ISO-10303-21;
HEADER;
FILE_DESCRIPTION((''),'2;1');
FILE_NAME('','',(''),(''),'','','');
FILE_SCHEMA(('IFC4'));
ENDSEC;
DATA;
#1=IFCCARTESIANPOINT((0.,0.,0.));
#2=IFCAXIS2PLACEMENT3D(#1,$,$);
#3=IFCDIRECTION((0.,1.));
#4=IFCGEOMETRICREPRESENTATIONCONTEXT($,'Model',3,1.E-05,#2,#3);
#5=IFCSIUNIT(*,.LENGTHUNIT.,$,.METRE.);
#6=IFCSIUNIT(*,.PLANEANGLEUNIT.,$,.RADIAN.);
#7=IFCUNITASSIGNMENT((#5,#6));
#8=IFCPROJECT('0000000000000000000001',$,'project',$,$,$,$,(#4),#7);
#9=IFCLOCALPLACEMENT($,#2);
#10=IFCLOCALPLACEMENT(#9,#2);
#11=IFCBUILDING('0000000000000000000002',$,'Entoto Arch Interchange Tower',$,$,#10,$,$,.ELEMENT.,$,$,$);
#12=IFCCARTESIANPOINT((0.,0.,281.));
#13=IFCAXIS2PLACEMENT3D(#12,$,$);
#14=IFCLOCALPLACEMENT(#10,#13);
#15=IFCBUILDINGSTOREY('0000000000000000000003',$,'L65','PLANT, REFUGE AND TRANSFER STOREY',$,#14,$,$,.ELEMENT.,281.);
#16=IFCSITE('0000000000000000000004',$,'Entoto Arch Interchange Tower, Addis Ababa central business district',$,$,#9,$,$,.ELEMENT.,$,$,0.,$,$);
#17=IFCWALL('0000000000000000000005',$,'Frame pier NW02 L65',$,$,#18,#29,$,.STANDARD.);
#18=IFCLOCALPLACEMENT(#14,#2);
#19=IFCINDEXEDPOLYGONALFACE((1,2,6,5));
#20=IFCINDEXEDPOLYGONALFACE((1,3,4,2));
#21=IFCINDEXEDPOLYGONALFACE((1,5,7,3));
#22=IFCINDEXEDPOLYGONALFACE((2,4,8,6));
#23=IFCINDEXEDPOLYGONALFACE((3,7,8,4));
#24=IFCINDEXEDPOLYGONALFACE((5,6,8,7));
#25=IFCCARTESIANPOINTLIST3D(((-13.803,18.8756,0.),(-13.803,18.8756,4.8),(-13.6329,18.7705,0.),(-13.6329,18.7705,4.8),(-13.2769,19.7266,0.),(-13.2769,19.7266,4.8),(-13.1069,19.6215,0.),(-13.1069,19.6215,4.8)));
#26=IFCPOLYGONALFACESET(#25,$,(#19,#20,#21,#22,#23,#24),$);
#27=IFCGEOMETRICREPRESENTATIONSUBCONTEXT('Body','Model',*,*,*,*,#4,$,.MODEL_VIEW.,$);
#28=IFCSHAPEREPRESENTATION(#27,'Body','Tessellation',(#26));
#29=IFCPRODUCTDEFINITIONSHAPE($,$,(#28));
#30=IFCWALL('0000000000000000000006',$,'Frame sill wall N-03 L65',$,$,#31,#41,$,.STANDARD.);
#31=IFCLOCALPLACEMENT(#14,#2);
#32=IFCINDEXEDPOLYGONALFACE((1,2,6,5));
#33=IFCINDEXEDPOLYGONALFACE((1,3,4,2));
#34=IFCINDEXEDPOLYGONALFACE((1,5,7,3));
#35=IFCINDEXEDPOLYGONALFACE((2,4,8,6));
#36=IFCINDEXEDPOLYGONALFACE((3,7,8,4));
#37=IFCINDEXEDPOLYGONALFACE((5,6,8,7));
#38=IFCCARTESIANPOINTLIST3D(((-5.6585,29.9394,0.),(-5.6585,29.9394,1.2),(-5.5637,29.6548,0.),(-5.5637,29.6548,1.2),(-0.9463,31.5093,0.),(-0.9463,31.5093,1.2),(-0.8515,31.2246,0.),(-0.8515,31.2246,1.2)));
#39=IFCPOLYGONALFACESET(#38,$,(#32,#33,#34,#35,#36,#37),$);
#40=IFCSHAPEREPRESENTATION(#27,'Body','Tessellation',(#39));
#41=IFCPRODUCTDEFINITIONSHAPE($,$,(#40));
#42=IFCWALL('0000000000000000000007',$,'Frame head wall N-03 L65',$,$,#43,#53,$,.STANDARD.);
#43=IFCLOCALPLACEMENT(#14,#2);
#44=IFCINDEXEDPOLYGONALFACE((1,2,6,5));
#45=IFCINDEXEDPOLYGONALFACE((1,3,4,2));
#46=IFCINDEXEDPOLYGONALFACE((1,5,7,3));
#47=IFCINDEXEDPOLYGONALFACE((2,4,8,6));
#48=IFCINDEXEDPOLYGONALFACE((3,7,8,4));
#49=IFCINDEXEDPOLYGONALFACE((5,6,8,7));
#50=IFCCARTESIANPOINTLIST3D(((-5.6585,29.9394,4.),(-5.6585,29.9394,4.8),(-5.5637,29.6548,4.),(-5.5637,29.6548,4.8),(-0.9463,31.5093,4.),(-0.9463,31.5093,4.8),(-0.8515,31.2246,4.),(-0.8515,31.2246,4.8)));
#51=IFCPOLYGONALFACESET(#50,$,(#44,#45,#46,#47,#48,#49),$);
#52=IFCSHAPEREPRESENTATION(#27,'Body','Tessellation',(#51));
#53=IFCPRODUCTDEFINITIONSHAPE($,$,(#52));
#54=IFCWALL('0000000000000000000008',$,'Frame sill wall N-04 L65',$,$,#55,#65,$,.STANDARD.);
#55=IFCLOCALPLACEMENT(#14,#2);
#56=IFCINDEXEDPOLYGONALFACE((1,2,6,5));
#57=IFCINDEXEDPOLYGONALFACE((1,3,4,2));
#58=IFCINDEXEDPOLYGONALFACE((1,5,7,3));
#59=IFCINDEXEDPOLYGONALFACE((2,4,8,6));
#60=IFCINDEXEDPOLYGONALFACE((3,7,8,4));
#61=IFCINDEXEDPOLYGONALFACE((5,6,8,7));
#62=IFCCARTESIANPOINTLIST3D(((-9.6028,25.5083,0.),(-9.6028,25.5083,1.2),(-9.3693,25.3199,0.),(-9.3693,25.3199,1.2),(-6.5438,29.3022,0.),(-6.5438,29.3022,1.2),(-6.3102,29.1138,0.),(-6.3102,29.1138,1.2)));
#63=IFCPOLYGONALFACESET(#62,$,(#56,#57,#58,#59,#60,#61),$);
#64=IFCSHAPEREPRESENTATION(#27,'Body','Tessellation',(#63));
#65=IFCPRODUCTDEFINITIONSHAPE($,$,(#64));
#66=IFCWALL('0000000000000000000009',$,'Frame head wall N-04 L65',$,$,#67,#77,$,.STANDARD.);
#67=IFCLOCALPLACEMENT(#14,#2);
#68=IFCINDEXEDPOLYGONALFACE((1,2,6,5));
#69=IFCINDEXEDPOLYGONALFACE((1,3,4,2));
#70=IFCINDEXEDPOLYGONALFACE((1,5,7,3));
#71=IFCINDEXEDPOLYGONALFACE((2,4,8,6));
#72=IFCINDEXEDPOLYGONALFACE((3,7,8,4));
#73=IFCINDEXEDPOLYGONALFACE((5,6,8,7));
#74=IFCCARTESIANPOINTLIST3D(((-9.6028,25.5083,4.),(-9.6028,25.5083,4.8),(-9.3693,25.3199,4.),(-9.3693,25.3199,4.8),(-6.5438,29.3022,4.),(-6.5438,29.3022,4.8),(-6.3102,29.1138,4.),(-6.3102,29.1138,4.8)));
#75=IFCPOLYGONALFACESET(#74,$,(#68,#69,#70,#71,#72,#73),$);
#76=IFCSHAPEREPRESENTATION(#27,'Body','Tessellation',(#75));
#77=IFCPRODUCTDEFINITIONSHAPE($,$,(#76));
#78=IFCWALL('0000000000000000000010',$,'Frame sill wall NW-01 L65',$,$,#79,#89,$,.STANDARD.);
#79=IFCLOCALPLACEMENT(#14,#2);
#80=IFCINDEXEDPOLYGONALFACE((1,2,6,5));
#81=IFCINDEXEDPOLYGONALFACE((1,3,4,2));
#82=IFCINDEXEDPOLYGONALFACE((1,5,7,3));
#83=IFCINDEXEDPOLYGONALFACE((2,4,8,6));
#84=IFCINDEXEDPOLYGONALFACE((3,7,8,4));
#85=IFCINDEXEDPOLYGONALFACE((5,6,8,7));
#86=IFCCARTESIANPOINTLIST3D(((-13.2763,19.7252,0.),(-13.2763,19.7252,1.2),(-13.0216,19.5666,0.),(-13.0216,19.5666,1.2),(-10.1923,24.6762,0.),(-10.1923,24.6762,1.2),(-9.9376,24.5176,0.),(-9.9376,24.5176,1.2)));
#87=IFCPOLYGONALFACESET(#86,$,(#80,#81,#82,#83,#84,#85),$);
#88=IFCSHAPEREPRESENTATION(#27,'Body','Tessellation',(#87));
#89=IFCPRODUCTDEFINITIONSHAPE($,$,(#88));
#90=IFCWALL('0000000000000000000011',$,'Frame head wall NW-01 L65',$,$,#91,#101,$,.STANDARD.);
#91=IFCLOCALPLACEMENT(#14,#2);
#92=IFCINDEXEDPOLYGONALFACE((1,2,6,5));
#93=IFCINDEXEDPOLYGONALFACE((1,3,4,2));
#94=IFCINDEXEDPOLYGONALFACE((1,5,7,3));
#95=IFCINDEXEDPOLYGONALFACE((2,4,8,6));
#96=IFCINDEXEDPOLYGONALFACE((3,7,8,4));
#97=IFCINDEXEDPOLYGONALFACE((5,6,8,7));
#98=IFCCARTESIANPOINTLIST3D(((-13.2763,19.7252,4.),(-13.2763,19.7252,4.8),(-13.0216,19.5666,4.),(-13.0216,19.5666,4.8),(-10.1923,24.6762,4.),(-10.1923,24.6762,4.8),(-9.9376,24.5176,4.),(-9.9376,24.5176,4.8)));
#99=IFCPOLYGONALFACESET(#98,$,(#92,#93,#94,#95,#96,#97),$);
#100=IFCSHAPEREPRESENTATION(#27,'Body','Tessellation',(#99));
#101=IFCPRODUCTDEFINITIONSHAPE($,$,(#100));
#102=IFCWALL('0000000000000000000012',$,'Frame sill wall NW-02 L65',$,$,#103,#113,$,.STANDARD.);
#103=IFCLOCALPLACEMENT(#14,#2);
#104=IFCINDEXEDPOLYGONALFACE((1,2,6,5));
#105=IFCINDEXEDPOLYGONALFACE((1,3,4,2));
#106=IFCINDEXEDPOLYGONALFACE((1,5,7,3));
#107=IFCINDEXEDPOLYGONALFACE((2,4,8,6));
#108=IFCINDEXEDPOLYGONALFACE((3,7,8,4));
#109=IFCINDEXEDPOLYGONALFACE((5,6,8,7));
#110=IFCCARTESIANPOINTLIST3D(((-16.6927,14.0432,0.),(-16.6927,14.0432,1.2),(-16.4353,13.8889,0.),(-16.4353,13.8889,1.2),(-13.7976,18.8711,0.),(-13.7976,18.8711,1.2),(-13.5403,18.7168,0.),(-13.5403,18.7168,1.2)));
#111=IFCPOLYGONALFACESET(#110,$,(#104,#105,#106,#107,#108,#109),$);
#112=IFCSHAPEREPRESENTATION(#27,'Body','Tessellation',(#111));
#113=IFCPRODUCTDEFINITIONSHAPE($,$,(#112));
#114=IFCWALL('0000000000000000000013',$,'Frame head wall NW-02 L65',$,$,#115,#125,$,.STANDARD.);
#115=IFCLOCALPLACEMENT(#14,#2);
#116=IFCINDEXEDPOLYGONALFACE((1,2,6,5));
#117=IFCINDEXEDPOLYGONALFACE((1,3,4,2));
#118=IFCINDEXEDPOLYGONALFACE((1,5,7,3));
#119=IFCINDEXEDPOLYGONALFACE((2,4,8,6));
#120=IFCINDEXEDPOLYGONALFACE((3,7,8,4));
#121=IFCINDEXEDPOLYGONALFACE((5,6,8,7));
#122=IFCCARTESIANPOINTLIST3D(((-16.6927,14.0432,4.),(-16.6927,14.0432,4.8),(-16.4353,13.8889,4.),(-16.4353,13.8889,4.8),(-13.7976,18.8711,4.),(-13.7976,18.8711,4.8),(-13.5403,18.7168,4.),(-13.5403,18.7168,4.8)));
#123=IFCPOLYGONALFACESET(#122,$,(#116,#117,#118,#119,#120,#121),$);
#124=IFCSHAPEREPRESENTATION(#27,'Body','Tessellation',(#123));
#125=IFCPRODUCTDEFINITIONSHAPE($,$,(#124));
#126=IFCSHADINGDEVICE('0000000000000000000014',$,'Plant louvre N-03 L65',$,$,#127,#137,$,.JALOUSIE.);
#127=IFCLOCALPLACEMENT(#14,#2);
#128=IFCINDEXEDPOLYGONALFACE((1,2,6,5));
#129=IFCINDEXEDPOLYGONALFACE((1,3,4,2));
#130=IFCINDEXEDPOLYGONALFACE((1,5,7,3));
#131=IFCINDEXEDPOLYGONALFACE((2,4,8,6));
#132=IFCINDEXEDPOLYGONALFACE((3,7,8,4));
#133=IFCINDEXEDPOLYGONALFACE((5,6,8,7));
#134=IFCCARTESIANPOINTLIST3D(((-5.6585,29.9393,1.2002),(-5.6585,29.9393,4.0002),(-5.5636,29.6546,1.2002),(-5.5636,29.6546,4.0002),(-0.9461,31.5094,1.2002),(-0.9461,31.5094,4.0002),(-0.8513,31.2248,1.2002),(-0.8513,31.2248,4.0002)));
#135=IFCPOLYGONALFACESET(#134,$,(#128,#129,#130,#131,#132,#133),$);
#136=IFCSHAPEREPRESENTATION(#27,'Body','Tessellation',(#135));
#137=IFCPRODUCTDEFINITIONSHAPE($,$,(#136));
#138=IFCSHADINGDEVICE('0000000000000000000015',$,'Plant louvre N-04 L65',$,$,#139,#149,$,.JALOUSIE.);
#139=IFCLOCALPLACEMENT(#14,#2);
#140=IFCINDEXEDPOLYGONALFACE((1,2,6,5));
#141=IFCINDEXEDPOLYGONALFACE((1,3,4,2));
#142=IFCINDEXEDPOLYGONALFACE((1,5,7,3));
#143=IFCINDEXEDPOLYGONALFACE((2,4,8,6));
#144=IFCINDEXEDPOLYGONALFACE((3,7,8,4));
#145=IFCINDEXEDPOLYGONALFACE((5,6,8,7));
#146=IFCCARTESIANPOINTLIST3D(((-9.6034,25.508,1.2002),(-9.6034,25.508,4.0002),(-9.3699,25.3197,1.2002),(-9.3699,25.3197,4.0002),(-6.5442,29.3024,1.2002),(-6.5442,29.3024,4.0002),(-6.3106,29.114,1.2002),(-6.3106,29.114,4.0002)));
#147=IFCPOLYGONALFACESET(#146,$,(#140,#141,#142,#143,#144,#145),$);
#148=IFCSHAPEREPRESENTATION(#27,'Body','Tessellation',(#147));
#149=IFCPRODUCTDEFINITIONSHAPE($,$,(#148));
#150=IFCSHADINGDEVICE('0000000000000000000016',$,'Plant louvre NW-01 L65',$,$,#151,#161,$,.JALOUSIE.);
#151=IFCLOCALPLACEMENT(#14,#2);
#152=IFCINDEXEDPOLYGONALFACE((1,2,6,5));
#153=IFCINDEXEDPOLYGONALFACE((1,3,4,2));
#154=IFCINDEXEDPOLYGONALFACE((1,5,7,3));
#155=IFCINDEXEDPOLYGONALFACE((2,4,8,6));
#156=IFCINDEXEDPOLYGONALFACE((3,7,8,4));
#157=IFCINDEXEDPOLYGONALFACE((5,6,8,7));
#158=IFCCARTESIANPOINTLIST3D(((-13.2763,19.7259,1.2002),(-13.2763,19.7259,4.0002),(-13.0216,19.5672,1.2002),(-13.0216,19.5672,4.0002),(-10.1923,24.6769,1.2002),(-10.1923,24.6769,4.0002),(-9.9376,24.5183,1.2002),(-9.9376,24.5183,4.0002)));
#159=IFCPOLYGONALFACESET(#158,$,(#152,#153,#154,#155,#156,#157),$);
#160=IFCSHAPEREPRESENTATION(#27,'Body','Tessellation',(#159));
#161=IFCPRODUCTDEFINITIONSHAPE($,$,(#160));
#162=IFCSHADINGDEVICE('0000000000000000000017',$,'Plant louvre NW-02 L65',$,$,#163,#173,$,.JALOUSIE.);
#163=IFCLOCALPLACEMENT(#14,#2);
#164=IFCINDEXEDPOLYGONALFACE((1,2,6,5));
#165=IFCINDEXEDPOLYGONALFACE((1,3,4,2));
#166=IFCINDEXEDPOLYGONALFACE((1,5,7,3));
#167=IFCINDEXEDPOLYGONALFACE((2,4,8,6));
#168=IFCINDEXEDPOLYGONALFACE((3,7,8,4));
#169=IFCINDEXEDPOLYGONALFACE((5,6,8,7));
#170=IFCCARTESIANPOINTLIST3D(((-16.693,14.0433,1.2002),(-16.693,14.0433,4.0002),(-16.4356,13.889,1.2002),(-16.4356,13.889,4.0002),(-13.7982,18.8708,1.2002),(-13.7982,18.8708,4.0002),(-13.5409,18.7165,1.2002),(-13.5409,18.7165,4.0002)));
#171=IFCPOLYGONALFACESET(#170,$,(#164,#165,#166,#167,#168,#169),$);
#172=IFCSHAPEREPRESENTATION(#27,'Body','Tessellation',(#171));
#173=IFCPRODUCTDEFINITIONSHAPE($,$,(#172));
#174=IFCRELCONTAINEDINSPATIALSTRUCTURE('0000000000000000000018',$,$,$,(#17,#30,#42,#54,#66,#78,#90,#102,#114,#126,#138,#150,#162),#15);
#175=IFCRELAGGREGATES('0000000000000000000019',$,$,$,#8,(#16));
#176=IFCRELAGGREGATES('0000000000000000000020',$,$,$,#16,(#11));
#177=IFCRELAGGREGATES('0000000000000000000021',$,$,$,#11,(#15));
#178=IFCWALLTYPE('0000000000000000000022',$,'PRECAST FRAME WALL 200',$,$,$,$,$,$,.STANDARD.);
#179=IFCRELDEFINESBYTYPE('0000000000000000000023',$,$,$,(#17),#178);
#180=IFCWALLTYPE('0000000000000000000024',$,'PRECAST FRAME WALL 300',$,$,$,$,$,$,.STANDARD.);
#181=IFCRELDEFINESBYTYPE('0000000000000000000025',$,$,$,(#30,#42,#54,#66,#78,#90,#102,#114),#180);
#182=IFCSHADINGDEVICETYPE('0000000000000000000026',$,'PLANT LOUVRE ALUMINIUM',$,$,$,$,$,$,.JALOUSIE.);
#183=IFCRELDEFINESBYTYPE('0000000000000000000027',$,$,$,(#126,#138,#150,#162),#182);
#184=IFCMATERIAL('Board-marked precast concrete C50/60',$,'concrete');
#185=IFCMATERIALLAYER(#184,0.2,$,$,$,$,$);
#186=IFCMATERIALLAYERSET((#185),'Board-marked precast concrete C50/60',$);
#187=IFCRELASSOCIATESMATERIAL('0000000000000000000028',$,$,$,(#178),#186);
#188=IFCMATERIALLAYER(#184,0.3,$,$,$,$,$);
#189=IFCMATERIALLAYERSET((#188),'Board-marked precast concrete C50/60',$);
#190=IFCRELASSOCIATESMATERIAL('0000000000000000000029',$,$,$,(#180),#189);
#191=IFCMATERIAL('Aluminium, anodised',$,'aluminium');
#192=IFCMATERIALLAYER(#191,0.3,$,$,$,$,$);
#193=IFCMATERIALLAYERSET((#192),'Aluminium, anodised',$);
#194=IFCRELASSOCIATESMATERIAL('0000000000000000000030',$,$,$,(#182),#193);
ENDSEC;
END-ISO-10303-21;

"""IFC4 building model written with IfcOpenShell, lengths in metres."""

from ifc_helpers import new_model, si_unit, direction, frame, frame_2d, origin, origin_2d, place, context, subcontext, project, spatial, rectangle, extrude, material, layer, layer_set, type_object, element, save


model = new_model("IFC4")

# Units and contexts
model_context = context("Model", 3, precision=1e-05, world=origin(), true_north=direction((0.0, 1.0)))
body_context = subcontext(model_context, "Body", "Model", "MODEL_VIEW")
ifc_project = project(units=[si_unit("LENGTHUNIT", "METRE"), si_unit("PLANEANGLEUNIT", "RADIAN")], contexts=[model_context])

# Site, building, storey
site_placement = place(None, origin())
site = spatial("IfcSite", under=ifc_project, at=site_placement, Name="Entoto Arch Interchange Tower, Addis Ababa central business district", CompositionType="ELEMENT", RefElevation=0.0)
building_placement = place(site_placement, origin())
building = spatial("IfcBuilding", under=site, at=building_placement, Name="Entoto Arch Interchange Tower", CompositionType="ELEMENT")
storey_placement = place(building_placement, frame((0.0, 0.0, 281.0)))
storey = spatial("IfcBuildingStorey", under=building, at=storey_placement, Name="L65", Description="PLANT, REFUGE AND TRANSFER STOREY", CompositionType="ELEMENT", Elevation=281.0)

# Walls
ifc_material_1 = material(Name="Board-marked precast concrete C50/60", Category="concrete")
ifc_layer_1 = layer(ifc_material_1, 0.2)
ifc_layer_set_1 = layer_set([ifc_layer_1], Name="Board-marked precast concrete C50/60")
wall_type_1 = type_object("IfcWallType", Name="PRECAST FRAME WALL 200", PredefinedType="STANDARD", material=ifc_layer_set_1)
wall_1_placement = place(storey_placement, frame((-13.1919, 19.6741, 0.0), z_axis=(0.0, 0.0, 1.0), x_axis=(-0.525825, -0.850593, 0.0)))
element("IfcWall", 1, at=wall_1_placement, inside=storey, type_object=wall_type_1, Name="Frame pier NW02 L65", PredefinedType="STANDARD", context=body_context, shape_type="SweptSolid", body=[
    extrude(rectangle(XDim=1.0005, YDim=0.2, at=frame_2d((0.5002, 0.0))), origin(), (0.0, 0.0, 1.0), 4.8),
])
ifc_layer_2 = layer(ifc_material_1, 0.3)
ifc_layer_set_2 = layer_set([ifc_layer_2], Name="Board-marked precast concrete C50/60")
wall_type_2 = type_object("IfcWallType", Name="PRECAST FRAME WALL 300", PredefinedType="STANDARD", material=ifc_layer_set_2)
wall_2_placement = place(storey_placement, frame((-0.8989, 31.3669, 0.0), z_axis=(0.0, 0.0, 1.0), x_axis=(-0.948737, -0.316066, 0.0)))
element("IfcWall", 2, at=wall_2_placement, inside=storey, type_object=wall_type_2, Name="Frame sill wall N-03 L65", PredefinedType="STANDARD", context=body_context, shape_type="SweptSolid", body=[
    extrude(rectangle(XDim=4.9668, YDim=0.3, at=frame_2d((2.4834, 0.0))), origin(), (0.0, 0.0, 1.0), 1.2),
])
wall_3_placement = place(storey_placement, frame((-0.8989, 31.3669, 4.0), z_axis=(0.0, 0.0, 1.0), x_axis=(-0.948737, -0.316066, 0.0)))
element("IfcWall", 3, at=wall_3_placement, inside=storey, type_object=wall_type_2, Name="Frame head wall N-03 L65", PredefinedType="STANDARD", context=body_context, shape_type="SweptSolid", body=[
    extrude(rectangle(XDim=4.9668, YDim=0.3, at=frame_2d((2.4834, 0.0))), origin(), (0.0, 0.0, 1.0), 0.8),
])
wall_4_placement = place(storey_placement, frame((-6.427, 29.208, 0.0), z_axis=(0.0, 0.0, 1.0), x_axis=(-0.627684, -0.778468, 0.0)))
element("IfcWall", 4, at=wall_4_placement, inside=storey, type_object=wall_type_2, Name="Frame sill wall N-04 L65", PredefinedType="STANDARD", context=body_context, shape_type="SweptSolid", body=[
    extrude(rectangle(XDim=4.8735, YDim=0.3, at=frame_2d((2.4368, 0.0))), origin(), (0.0, 0.0, 1.0), 1.2),
])
wall_5_placement = place(storey_placement, frame((-6.427, 29.208, 4.0), z_axis=(0.0, 0.0, 1.0), x_axis=(-0.627684, -0.778468, 0.0)))
element("IfcWall", 5, at=wall_5_placement, inside=storey, type_object=wall_type_2, Name="Frame head wall N-04 L65", PredefinedType="STANDARD", context=body_context, shape_type="SweptSolid", body=[
    extrude(rectangle(XDim=4.8735, YDim=0.3, at=frame_2d((2.4368, 0.0))), origin(), (0.0, 0.0, 1.0), 0.8),
])
wall_6_placement = place(storey_placement, frame((-10.0649, 24.5969, 0.0), z_axis=(0.0, 0.0, 1.0), x_axis=(-0.528723, -0.848794, 0.0)))
element("IfcWall", 6, at=wall_6_placement, inside=storey, type_object=wall_type_2, Name="Frame sill wall NW-01 L65", PredefinedType="STANDARD", context=body_context, shape_type="SweptSolid", body=[
    extrude(rectangle(XDim=5.833, YDim=0.3, at=frame_2d((2.9165, 0.0))), origin(), (0.0, 0.0, 1.0), 1.2),
])
wall_7_placement = place(storey_placement, frame((-10.0649, 24.5969, 4.0), z_axis=(0.0, 0.0, 1.0), x_axis=(-0.528723, -0.848794, 0.0)))
element("IfcWall", 7, at=wall_7_placement, inside=storey, type_object=wall_type_2, Name="Frame head wall NW-01 L65", PredefinedType="STANDARD", context=body_context, shape_type="SweptSolid", body=[
    extrude(rectangle(XDim=5.833, YDim=0.3, at=frame_2d((2.9165, 0.0))), origin(), (0.0, 0.0, 1.0), 0.8),
])
wall_8_placement = place(storey_placement, frame((-13.6689, 18.7939, 0.0), z_axis=(0.0, 0.0, 1.0), x_axis=(-0.514273, -0.857627, 0.0)))
element("IfcWall", 8, at=wall_8_placement, inside=storey, type_object=wall_type_2, Name="Frame sill wall NW-02 L65", PredefinedType="STANDARD", context=body_context, shape_type="SweptSolid", body=[
    extrude(rectangle(XDim=5.6294, YDim=0.3, at=frame_2d((2.8147, 0.0))), origin(), (0.0, 0.0, 1.0), 1.2),
])
wall_9_placement = place(storey_placement, frame((-13.6689, 18.7939, 4.0), z_axis=(0.0, 0.0, 1.0), x_axis=(-0.514273, -0.857627, 0.0)))
element("IfcWall", 9, at=wall_9_placement, inside=storey, type_object=wall_type_2, Name="Frame head wall NW-02 L65", PredefinedType="STANDARD", context=body_context, shape_type="SweptSolid", body=[
    extrude(rectangle(XDim=5.6294, YDim=0.3, at=frame_2d((2.8147, 0.0))), origin(), (0.0, 0.0, 1.0), 0.8),
])

# Shading devices
ifc_material_2 = material(Name="Aluminium, anodised", Category="aluminium")
ifc_layer_3 = layer(ifc_material_2, 0.3)
ifc_layer_set_3 = layer_set([ifc_layer_3], Name="Aluminium, anodised")
shading_device_type = type_object("IfcShadingDeviceType", Name="PLANT LOUVRE ALUMINIUM", PredefinedType="JALOUSIE", material=ifc_layer_set_3)
shading_device_1_placement = place(storey_placement, frame((-3.2549, 30.582, 1.2002), z_axis=(0.0, 0.0, 1.0), x_axis=(-0.948722, -0.316113, 0.0)))
element("IfcShadingDevice", 10, at=shading_device_1_placement, inside=storey, type_object=shading_device_type, Name="Plant louvre N-03 L65", PredefinedType="JALOUSIE", context=body_context, shape_type="SweptSolid", body=[
    extrude(rectangle(XDim=4.967, YDim=0.3, at=origin_2d()), origin(), (0.0, 0.0, 1.0), 2.8),
])
shading_device_2_placement = place(storey_placement, frame((-7.957, 27.311, 1.2002), z_axis=(0.0, 0.0, 1.0), x_axis=(-0.627664, -0.778484, 0.0)))
element("IfcShadingDevice", 11, at=shading_device_2_placement, inside=storey, type_object=shading_device_type, Name="Plant louvre N-04 L65", PredefinedType="JALOUSIE", context=body_context, shape_type="SweptSolid", body=[
    extrude(rectangle(XDim=4.874, YDim=0.3, at=origin_2d()), origin(), (0.0, 0.0, 1.0), 2.8),
])
shading_device_3_placement = place(storey_placement, frame((-11.6069, 22.1221, 1.2002), z_axis=(0.0, 0.0, 1.0), x_axis=(-0.52872, -0.848796, 0.0)))
element("IfcShadingDevice", 12, at=shading_device_3_placement, inside=storey, type_object=shading_device_type, Name="Plant louvre NW-01 L65", PredefinedType="JALOUSIE", context=body_context, shape_type="SweptSolid", body=[
    extrude(rectangle(XDim=5.833, YDim=0.3, at=origin_2d()), origin(), (0.0, 0.0, 1.0), 2.8),
])
shading_device_4_placement = place(storey_placement, frame((-15.1169, 16.3799, 1.2002), z_axis=(0.0, 0.0, 1.0), x_axis=(-0.51426, -0.857634, 0.0)))
element("IfcShadingDevice", 13, at=shading_device_4_placement, inside=storey, type_object=shading_device_type, Name="Plant louvre NW-02 L65", PredefinedType="JALOUSIE", context=body_context, shape_type="SweptSolid", body=[
    extrude(rectangle(XDim=5.6289, YDim=0.3, at=origin_2d()), origin(), (0.0, 0.0, 1.0), 2.8),
])

save(model, "model.ifc")
